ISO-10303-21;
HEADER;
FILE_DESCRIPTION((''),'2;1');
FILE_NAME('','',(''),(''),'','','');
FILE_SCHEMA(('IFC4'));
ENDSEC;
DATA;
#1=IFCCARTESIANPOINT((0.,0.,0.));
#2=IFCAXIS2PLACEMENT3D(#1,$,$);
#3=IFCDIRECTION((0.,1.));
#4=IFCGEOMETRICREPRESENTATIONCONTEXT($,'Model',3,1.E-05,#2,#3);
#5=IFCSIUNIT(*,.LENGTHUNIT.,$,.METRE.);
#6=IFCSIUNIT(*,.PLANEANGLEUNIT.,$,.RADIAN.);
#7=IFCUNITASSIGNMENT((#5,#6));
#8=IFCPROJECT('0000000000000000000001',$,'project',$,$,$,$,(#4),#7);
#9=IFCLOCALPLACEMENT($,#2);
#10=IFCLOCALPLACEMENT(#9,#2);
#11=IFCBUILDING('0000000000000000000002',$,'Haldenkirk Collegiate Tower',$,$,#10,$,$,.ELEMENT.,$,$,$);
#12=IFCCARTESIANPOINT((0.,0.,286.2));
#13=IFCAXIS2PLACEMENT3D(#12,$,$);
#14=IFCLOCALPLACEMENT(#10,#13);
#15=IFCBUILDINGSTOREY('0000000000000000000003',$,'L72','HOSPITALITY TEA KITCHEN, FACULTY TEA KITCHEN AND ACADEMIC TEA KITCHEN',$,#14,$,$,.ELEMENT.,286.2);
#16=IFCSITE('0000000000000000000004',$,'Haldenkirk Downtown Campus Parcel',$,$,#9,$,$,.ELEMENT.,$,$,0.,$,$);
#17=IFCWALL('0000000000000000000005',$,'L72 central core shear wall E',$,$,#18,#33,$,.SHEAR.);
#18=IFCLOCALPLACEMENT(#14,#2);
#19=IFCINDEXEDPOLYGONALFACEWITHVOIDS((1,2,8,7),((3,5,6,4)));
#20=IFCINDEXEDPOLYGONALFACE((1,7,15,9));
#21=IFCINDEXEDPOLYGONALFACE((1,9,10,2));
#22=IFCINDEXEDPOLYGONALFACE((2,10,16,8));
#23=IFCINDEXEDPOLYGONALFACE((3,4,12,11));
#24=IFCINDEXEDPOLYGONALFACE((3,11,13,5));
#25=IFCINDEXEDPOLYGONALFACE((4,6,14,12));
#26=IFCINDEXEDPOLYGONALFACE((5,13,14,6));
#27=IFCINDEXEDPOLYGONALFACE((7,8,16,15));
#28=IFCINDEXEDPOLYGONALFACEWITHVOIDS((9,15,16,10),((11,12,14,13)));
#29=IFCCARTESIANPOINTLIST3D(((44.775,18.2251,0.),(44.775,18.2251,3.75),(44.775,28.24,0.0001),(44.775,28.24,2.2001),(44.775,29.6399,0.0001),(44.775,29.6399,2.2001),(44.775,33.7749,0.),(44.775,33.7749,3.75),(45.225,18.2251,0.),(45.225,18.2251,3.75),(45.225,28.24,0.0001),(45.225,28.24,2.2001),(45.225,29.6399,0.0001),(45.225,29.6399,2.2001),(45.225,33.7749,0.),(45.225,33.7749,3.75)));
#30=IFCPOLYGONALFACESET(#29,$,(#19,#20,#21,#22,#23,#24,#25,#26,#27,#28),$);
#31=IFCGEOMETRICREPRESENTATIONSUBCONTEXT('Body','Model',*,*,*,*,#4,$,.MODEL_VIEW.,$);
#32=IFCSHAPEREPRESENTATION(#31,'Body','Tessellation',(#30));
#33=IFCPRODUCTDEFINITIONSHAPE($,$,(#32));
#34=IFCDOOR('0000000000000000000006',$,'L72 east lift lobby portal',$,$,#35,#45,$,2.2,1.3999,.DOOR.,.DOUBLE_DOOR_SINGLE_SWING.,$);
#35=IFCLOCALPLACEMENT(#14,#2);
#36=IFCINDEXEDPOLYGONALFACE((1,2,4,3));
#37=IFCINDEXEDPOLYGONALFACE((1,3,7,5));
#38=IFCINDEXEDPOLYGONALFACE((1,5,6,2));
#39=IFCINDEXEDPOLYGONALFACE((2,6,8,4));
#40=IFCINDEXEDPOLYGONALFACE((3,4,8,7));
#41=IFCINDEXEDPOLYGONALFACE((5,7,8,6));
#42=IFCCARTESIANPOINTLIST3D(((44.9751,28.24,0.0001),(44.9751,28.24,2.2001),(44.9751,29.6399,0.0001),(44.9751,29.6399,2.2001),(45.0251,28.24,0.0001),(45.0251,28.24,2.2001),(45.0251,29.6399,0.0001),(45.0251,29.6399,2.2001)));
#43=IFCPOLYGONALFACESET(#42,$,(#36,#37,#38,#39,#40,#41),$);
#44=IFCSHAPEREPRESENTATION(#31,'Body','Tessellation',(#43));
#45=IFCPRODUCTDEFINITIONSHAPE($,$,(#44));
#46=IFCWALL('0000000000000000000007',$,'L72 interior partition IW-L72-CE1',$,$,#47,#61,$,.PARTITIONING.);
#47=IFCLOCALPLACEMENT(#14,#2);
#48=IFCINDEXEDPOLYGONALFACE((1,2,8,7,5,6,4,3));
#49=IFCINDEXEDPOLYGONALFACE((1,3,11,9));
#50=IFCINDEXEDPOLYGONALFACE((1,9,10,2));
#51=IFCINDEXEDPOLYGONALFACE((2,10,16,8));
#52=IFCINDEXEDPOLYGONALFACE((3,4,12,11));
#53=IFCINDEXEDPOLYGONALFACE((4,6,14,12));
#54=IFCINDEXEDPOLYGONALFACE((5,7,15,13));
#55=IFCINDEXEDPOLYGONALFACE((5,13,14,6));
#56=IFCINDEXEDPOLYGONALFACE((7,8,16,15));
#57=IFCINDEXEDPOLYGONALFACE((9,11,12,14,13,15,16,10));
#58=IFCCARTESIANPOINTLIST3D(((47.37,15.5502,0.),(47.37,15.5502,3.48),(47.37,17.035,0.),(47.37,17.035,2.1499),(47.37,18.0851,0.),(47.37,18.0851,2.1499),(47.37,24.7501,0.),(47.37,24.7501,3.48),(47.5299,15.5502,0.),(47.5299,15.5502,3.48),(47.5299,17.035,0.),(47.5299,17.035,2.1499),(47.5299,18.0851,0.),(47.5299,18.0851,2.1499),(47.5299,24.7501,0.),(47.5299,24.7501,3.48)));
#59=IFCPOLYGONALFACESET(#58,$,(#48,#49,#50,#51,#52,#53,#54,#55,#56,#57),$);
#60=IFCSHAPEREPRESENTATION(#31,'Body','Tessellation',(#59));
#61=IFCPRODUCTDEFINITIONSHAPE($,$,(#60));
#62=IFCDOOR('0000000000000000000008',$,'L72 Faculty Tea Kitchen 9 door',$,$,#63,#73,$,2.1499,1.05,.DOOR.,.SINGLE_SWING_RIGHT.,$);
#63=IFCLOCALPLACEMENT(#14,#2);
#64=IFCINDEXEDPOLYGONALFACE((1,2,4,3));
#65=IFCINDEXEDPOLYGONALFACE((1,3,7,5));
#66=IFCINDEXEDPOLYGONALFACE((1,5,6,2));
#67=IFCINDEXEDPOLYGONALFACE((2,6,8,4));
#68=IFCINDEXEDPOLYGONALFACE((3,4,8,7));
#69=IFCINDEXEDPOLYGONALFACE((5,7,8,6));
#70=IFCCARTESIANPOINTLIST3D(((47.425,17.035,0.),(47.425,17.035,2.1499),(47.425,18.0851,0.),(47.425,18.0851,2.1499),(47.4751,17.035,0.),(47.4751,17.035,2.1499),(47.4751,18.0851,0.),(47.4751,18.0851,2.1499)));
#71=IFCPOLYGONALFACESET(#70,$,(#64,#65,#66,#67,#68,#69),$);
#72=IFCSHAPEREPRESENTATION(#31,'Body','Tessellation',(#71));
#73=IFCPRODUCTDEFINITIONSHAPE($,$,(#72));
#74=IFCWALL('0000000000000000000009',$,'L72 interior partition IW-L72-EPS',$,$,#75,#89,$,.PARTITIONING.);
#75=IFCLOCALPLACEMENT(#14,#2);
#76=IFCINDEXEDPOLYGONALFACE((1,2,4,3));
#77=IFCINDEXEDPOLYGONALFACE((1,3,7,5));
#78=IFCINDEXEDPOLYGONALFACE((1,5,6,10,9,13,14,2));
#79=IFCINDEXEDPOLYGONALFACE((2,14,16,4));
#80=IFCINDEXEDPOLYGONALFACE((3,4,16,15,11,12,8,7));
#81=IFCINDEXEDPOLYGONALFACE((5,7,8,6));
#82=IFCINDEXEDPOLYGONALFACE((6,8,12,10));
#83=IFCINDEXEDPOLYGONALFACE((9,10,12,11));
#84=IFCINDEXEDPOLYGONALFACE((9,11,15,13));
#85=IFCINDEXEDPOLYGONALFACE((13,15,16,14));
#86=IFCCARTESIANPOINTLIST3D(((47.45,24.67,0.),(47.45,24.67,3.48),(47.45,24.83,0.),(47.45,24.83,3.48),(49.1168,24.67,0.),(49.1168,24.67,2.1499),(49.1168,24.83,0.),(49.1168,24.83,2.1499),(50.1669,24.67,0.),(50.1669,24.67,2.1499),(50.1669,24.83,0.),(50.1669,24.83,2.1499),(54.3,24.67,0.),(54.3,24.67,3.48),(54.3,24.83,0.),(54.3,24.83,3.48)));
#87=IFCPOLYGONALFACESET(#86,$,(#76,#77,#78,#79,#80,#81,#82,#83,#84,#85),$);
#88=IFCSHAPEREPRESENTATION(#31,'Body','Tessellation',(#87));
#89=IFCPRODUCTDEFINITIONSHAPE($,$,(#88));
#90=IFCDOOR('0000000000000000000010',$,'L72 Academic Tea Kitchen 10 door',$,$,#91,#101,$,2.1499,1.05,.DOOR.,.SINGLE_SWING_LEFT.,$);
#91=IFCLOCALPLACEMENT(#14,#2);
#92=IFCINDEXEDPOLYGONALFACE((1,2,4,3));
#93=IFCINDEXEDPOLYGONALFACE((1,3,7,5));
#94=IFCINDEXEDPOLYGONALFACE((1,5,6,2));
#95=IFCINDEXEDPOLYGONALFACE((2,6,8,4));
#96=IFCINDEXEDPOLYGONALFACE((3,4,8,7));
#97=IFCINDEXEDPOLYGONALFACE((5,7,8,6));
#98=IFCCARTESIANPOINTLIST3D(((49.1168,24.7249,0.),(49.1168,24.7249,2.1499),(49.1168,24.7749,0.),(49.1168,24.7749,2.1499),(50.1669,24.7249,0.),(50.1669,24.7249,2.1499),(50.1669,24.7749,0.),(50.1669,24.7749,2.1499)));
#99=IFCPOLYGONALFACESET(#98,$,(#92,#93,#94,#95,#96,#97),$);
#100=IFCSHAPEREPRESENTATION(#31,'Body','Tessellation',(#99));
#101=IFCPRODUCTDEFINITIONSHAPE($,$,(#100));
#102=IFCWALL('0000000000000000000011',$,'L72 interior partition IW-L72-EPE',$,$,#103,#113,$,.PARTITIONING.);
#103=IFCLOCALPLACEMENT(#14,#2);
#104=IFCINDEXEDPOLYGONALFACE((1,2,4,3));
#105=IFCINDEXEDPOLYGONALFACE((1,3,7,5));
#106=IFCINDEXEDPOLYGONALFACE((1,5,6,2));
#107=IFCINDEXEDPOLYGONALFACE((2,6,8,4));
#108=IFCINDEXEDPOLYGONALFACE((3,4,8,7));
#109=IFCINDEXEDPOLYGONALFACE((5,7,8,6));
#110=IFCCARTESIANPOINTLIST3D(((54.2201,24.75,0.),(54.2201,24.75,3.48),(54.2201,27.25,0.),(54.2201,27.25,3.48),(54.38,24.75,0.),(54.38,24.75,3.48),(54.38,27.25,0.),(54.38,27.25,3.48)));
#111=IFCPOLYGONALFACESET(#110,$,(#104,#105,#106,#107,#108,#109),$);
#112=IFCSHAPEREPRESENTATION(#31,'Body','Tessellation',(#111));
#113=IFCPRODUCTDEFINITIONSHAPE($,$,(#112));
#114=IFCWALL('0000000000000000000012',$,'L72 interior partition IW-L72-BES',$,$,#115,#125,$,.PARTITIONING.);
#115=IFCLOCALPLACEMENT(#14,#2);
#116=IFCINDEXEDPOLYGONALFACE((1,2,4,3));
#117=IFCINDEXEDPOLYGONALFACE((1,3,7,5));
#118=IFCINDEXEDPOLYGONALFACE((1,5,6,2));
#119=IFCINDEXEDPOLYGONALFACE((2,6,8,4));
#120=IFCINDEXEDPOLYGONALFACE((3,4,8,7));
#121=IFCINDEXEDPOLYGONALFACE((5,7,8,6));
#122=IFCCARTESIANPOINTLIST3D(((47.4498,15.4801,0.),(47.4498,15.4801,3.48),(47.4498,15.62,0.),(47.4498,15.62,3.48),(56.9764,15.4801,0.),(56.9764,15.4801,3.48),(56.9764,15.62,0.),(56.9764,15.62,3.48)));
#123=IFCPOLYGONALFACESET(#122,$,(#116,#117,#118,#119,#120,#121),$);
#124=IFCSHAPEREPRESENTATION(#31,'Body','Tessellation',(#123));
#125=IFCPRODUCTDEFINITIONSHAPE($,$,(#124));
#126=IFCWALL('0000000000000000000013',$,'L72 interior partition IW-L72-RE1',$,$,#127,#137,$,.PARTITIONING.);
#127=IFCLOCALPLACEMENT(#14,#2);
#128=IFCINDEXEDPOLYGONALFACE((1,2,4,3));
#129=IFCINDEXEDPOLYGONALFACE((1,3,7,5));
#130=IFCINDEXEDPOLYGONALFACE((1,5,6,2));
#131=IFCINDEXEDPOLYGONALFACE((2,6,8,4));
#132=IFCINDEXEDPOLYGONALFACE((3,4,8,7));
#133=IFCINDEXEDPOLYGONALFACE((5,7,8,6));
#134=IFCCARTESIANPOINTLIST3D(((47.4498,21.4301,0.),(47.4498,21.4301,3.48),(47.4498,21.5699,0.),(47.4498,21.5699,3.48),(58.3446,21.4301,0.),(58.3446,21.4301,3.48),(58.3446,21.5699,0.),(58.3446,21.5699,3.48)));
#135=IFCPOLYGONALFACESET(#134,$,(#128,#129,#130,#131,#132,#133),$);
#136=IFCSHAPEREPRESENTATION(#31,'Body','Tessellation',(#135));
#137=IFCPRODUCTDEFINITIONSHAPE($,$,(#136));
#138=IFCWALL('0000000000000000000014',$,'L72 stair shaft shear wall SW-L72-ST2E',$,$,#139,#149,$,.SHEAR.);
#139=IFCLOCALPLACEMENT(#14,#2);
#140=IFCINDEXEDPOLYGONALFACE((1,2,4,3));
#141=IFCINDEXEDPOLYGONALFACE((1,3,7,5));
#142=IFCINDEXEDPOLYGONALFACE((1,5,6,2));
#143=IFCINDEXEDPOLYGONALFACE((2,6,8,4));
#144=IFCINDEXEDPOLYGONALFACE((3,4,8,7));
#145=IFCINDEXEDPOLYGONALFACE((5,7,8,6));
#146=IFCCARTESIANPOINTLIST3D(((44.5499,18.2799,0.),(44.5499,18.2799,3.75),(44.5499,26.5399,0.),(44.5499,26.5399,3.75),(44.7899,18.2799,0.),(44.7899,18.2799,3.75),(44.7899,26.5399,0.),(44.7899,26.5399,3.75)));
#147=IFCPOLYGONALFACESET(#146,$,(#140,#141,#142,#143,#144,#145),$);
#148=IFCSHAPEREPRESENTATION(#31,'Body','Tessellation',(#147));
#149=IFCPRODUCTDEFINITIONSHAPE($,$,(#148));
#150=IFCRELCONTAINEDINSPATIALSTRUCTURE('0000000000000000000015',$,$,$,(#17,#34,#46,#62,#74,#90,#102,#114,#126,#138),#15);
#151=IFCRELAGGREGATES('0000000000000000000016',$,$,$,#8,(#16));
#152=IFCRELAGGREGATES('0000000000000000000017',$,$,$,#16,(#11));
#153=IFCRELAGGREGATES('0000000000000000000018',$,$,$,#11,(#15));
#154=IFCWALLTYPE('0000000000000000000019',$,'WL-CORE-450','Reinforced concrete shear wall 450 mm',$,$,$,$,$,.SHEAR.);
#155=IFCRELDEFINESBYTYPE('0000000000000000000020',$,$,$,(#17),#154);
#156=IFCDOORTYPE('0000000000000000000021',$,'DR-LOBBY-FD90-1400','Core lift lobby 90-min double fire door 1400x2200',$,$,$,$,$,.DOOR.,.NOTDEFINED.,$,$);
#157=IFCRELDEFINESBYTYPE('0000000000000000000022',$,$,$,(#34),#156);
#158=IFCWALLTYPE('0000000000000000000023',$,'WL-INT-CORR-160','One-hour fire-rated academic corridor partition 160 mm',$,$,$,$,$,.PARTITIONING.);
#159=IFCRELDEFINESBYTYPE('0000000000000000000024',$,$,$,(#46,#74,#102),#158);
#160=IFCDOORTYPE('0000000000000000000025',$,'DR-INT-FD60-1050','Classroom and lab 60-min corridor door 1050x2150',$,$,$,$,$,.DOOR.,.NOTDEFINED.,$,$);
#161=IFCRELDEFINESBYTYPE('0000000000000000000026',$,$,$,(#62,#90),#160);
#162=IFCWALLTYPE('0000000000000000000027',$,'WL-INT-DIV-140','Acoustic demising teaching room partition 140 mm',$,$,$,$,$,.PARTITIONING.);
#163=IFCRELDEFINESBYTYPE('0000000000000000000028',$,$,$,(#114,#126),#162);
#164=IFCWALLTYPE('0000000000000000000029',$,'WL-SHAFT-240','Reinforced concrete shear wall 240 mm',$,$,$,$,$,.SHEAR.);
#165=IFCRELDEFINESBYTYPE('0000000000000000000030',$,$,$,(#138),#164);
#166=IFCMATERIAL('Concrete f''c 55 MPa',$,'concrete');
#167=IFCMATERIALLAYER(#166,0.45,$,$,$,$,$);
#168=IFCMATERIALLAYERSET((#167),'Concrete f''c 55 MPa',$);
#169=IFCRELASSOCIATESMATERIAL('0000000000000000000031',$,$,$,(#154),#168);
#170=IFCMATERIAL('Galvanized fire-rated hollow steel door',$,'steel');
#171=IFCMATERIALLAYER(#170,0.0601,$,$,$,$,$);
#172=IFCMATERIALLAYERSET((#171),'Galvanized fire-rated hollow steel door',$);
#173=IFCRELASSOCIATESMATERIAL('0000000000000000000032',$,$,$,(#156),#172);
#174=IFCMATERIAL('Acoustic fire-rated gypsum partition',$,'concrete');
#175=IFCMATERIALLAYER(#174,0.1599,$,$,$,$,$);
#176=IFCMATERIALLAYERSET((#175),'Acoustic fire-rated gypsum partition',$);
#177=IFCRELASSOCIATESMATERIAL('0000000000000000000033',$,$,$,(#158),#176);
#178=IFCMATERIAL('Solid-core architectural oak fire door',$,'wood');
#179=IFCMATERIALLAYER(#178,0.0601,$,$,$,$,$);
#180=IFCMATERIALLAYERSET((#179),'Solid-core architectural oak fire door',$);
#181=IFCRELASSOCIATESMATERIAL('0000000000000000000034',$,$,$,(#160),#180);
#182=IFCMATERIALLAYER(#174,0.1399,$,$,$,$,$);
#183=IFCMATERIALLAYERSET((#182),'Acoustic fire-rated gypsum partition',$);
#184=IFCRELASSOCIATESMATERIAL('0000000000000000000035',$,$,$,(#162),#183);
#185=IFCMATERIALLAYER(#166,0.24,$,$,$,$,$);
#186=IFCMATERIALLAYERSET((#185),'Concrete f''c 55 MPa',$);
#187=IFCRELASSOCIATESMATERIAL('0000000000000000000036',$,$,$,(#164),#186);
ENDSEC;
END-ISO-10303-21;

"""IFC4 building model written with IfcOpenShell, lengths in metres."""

from ifc_helpers import new_model, si_unit, direction, frame, frame_2d, origin, place, context, subcontext, project, spatial, rectangle, extrude, material, layer, layer_set, type_object, element, fill, save


model = new_model("IFC4")

# Units and contexts
model_context = context("Model", 3, precision=1e-05, world=origin(), true_north=direction((0.0, 1.0)))
body_context = subcontext(model_context, "Body", "Model", "MODEL_VIEW")
ifc_project = project(units=[si_unit("LENGTHUNIT", "METRE"), si_unit("PLANEANGLEUNIT", "RADIAN")], contexts=[model_context])

# Site, building, storey
site_placement = place(None, origin())
site = spatial("IfcSite", under=ifc_project, at=site_placement, Name="Haldenkirk Downtown Campus Parcel", CompositionType="ELEMENT", RefElevation=0.0)
building_placement = place(site_placement, origin())
building = spatial("IfcBuilding", under=site, at=building_placement, Name="Haldenkirk Collegiate Tower", CompositionType="ELEMENT")
storey_placement = place(building_placement, frame((0.0, 0.0, 286.2)))
storey = spatial("IfcBuildingStorey", under=building, at=storey_placement, Name="L72", Description="HOSPITALITY TEA KITCHEN, FACULTY TEA KITCHEN AND ACADEMIC TEA KITCHEN", CompositionType="ELEMENT", Elevation=286.2)

# Walls, openings, doors
ifc_material_1 = material(Name="Concrete f'c 55 MPa", Category="concrete")
ifc_layer_1 = layer(ifc_material_1, 0.45)
ifc_layer_set_1 = layer_set([ifc_layer_1], Name="Concrete f'c 55 MPa")
wall_type_1 = type_object("IfcWallType", Name="WL-CORE-450", Description="Reinforced concrete shear wall 450 mm", PredefinedType="SHEAR", material=ifc_layer_set_1)
wall_1_placement = place(storey_placement, frame((45.0, 18.2251, 0.0), z_axis=(0.0, 0.0, 1.0), x_axis=(0.0, 1.0, 0.0)))
wall_1 = element("IfcWall", 1, at=wall_1_placement, inside=storey, type_object=wall_type_1, Name="L72 central core shear wall E", PredefinedType="SHEAR", context=body_context, shape_type="SweptSolid", body=[
    extrude(rectangle(XDim=15.5498, YDim=0.45, at=frame_2d((7.7749, 0.0))), origin(), (0.0, 0.0, 1.0), 3.75),
])
opening_1_placement = place(wall_1_placement, frame((10.0149, 0.0, 0.0)))
opening_1 = element("IfcOpeningElement", 2, at=opening_1_placement, cuts=wall_1, PredefinedType="OPENING", context=body_context, shape_type="SweptSolid", body=[
    extrude(rectangle(XDim=1.3999, YDim=2.2, at=frame_2d((0.7, 1.1001))), frame((0.0, 0.2349, 0.0), z_axis=(0.0, -1.0, 0.0), x_axis=(1.0, 0.0, 0.0)), (0.0, 0.0, 1.0), 0.47),
])
ifc_material_2 = material(Name="Galvanized fire-rated hollow steel door", Category="steel")
ifc_layer_2 = layer(ifc_material_2, 0.0601)
ifc_layer_set_2 = layer_set([ifc_layer_2], Name="Galvanized fire-rated hollow steel door")
door_type_1 = type_object("IfcDoorType", Name="DR-LOBBY-FD90-1400", Description="Core lift lobby 90-min double fire door 1400x2200", OperationType="NOTDEFINED", PredefinedType="DOOR", material=ifc_layer_set_2)
door_1_placement = place(opening_1_placement, origin())
door_1 = element("IfcDoor", 3, at=door_1_placement, inside=storey, type_object=door_type_1, Name="L72 east lift lobby portal", OperationType="DOUBLE_DOOR_SINGLE_SWING", OverallHeight=2.2, OverallWidth=1.3999, PredefinedType="DOOR", context=body_context, shape_type="SweptSolid", body=[
    extrude(rectangle(XDim=1.3999, YDim=2.2, at=frame_2d((0.7, 1.1001))), frame((0.0, 0.0249, 0.0), z_axis=(0.0, -1.0, 0.0), x_axis=(1.0, 0.0, 0.0)), (0.0, 0.0, 1.0), 0.05),
])
fill(opening_1, door_1)
ifc_material_3 = material(Name="Acoustic fire-rated gypsum partition", Category="concrete")
ifc_layer_3 = layer(ifc_material_3, 0.1599)
ifc_layer_set_3 = layer_set([ifc_layer_3], Name="Acoustic fire-rated gypsum partition")
wall_type_2 = type_object("IfcWallType", Name="WL-INT-CORR-160", Description="One-hour fire-rated academic corridor partition 160 mm", PredefinedType="PARTITIONING", material=ifc_layer_set_3)
wall_2_placement = place(storey_placement, frame((47.45, 15.55, 0.0), z_axis=(0.0, 0.0, 1.0), x_axis=(0.0, 1.0, 0.0)))
wall_2 = element("IfcWall", 4, at=wall_2_placement, inside=storey, type_object=wall_type_2, Name="L72 interior partition IW-L72-CE1", PredefinedType="PARTITIONING", context=body_context, shape_type="SweptSolid", body=[
    extrude(rectangle(XDim=9.2, YDim=0.1599, at=frame_2d((4.6001, 0.0))), origin(), (0.0, 0.0, 1.0), 3.48),
])
opening_2_placement = place(wall_2_placement, frame((1.4851, 0.0, 0.0)))
opening_2 = element("IfcOpeningElement", 5, at=opening_2_placement, cuts=wall_2, PredefinedType="OPENING", context=body_context, shape_type="SweptSolid", body=[
    extrude(rectangle(XDim=1.05, YDim=2.1499, at=frame_2d((0.5249, 1.075))), frame((0.0, 0.0898, 0.0), z_axis=(0.0, -1.0, 0.0), x_axis=(1.0, 0.0, 0.0)), (0.0, 0.0, 1.0), 0.1799),
])
ifc_material_4 = material(Name="Solid-core architectural oak fire door", Category="wood")
ifc_layer_4 = layer(ifc_material_4, 0.0601)
ifc_layer_set_4 = layer_set([ifc_layer_4], Name="Solid-core architectural oak fire door")
door_type_2 = type_object("IfcDoorType", Name="DR-INT-FD60-1050", Description="Classroom and lab 60-min corridor door 1050x2150", OperationType="NOTDEFINED", PredefinedType="DOOR", material=ifc_layer_set_4)
door_2_placement = place(opening_2_placement, origin())
door_2 = element("IfcDoor", 6, at=door_2_placement, inside=storey, type_object=door_type_2, Name="L72 Faculty Tea Kitchen 9 door", OperationType="SINGLE_SWING_RIGHT", OverallHeight=2.1499, OverallWidth=1.05, PredefinedType="DOOR", context=body_context, shape_type="SweptSolid", body=[
    extrude(rectangle(XDim=1.05, YDim=2.1499, at=frame_2d((0.5249, 1.075))), frame((0.0, 0.0249, 0.0), z_axis=(0.0, -1.0, 0.0), x_axis=(1.0, 0.0, 0.0)), (0.0, 0.0, 1.0), 0.05),
])
fill(opening_2, door_2)
wall_3_placement = place(storey_placement, frame((47.45, 24.75, 0.0), z_axis=(0.0, 0.0, 1.0), x_axis=(1.0, 0.0, 0.0)))
wall_3 = element("IfcWall", 7, at=wall_3_placement, inside=storey, type_object=wall_type_2, Name="L72 interior partition IW-L72-EPS", PredefinedType="PARTITIONING", context=body_context, shape_type="SweptSolid", body=[
    extrude(rectangle(XDim=6.8501, YDim=0.1599, at=frame_2d((3.425, 0.0))), origin(), (0.0, 0.0, 1.0), 3.48),
])
opening_3_placement = place(wall_3_placement, frame((1.667, 0.0, 0.0)))
opening_3 = element("IfcOpeningElement", 8, at=opening_3_placement, cuts=wall_3, PredefinedType="OPENING", context=body_context, shape_type="SweptSolid", body=[
    extrude(rectangle(XDim=1.05, YDim=2.1499, at=frame_2d((0.5249, 1.075))), frame((0.0, 0.0898, 0.0), z_axis=(0.0, -1.0, 0.0), x_axis=(1.0, 0.0, 0.0)), (0.0, 0.0, 1.0), 0.1799),
])
door_3_placement = place(opening_3_placement, origin())
door_3 = element("IfcDoor", 9, at=door_3_placement, inside=storey, type_object=door_type_2, Name="L72 Academic Tea Kitchen 10 door", OperationType="SINGLE_SWING_LEFT", OverallHeight=2.1499, OverallWidth=1.05, PredefinedType="DOOR", context=body_context, shape_type="SweptSolid", body=[
    extrude(rectangle(XDim=1.05, YDim=2.1499, at=frame_2d((0.5249, 1.075))), frame((0.0, 0.0249, 0.0), z_axis=(0.0, -1.0, 0.0), x_axis=(1.0, 0.0, 0.0)), (0.0, 0.0, 1.0), 0.05),
])
fill(opening_3, door_3)

# Walls
wall_4_placement = place(storey_placement, frame((54.3, 24.75, 0.0), z_axis=(0.0, 0.0, 1.0), x_axis=(0.0, 1.0, 0.0)))
element("IfcWall", 10, at=wall_4_placement, inside=storey, type_object=wall_type_2, Name="L72 interior partition IW-L72-EPE", PredefinedType="PARTITIONING", context=body_context, shape_type="SweptSolid", body=[
    extrude(rectangle(XDim=2.5, YDim=0.1599, at=frame_2d((1.25, 0.0))), origin(), (0.0, 0.0, 1.0), 3.48),
])
ifc_layer_5 = layer(ifc_material_3, 0.1399)
ifc_layer_set_5 = layer_set([ifc_layer_5], Name="Acoustic fire-rated gypsum partition")
wall_type_3 = type_object("IfcWallType", Name="WL-INT-DIV-140", Description="Acoustic demising teaching room partition 140 mm", PredefinedType="PARTITIONING", material=ifc_layer_set_5)
wall_5_placement = place(storey_placement, frame((47.45, 15.55, 0.0), z_axis=(0.0, 0.0, 1.0), x_axis=(1.0, 0.0, 0.0)))
element("IfcWall", 11, at=wall_5_placement, inside=storey, type_object=wall_type_3, Name="L72 interior partition IW-L72-BES", PredefinedType="PARTITIONING", context=body_context, shape_type="SweptSolid", body=[
    extrude(rectangle(XDim=9.5266, YDim=0.1399, at=frame_2d((4.7632, 0.0))), origin(), (0.0, 0.0, 1.0), 3.48),
])
wall_6_placement = place(storey_placement, frame((47.45, 21.5, 0.0), z_axis=(0.0, 0.0, 1.0), x_axis=(1.0, 0.0, 0.0)))
element("IfcWall", 12, at=wall_6_placement, inside=storey, type_object=wall_type_3, Name="L72 interior partition IW-L72-RE1", PredefinedType="PARTITIONING", context=body_context, shape_type="SweptSolid", body=[
    extrude(rectangle(XDim=10.8948, YDim=0.1399, at=frame_2d((5.4473, 0.0))), origin(), (0.0, 0.0, 1.0), 3.48),
])
ifc_layer_6 = layer(ifc_material_1, 0.24)
ifc_layer_set_6 = layer_set([ifc_layer_6], Name="Concrete f'c 55 MPa")
wall_type_4 = type_object("IfcWallType", Name="WL-SHAFT-240", Description="Reinforced concrete shear wall 240 mm", PredefinedType="SHEAR", material=ifc_layer_set_6)
wall_7_placement = place(storey_placement, frame((44.6699, 18.28, 0.0), z_axis=(0.0, 0.0, 1.0), x_axis=(0.0, 1.0, 0.0)))
element("IfcWall", 13, at=wall_7_placement, inside=storey, type_object=wall_type_4, Name="L72 stair shaft shear wall SW-L72-ST2E", PredefinedType="SHEAR", context=body_context, shape_type="SweptSolid", body=[
    extrude(rectangle(XDim=8.26, YDim=0.24, at=frame_2d((4.1299, 0.0))), origin(), (0.0, 0.0, 1.0), 3.75),
])

save(model, "model.ifc")
